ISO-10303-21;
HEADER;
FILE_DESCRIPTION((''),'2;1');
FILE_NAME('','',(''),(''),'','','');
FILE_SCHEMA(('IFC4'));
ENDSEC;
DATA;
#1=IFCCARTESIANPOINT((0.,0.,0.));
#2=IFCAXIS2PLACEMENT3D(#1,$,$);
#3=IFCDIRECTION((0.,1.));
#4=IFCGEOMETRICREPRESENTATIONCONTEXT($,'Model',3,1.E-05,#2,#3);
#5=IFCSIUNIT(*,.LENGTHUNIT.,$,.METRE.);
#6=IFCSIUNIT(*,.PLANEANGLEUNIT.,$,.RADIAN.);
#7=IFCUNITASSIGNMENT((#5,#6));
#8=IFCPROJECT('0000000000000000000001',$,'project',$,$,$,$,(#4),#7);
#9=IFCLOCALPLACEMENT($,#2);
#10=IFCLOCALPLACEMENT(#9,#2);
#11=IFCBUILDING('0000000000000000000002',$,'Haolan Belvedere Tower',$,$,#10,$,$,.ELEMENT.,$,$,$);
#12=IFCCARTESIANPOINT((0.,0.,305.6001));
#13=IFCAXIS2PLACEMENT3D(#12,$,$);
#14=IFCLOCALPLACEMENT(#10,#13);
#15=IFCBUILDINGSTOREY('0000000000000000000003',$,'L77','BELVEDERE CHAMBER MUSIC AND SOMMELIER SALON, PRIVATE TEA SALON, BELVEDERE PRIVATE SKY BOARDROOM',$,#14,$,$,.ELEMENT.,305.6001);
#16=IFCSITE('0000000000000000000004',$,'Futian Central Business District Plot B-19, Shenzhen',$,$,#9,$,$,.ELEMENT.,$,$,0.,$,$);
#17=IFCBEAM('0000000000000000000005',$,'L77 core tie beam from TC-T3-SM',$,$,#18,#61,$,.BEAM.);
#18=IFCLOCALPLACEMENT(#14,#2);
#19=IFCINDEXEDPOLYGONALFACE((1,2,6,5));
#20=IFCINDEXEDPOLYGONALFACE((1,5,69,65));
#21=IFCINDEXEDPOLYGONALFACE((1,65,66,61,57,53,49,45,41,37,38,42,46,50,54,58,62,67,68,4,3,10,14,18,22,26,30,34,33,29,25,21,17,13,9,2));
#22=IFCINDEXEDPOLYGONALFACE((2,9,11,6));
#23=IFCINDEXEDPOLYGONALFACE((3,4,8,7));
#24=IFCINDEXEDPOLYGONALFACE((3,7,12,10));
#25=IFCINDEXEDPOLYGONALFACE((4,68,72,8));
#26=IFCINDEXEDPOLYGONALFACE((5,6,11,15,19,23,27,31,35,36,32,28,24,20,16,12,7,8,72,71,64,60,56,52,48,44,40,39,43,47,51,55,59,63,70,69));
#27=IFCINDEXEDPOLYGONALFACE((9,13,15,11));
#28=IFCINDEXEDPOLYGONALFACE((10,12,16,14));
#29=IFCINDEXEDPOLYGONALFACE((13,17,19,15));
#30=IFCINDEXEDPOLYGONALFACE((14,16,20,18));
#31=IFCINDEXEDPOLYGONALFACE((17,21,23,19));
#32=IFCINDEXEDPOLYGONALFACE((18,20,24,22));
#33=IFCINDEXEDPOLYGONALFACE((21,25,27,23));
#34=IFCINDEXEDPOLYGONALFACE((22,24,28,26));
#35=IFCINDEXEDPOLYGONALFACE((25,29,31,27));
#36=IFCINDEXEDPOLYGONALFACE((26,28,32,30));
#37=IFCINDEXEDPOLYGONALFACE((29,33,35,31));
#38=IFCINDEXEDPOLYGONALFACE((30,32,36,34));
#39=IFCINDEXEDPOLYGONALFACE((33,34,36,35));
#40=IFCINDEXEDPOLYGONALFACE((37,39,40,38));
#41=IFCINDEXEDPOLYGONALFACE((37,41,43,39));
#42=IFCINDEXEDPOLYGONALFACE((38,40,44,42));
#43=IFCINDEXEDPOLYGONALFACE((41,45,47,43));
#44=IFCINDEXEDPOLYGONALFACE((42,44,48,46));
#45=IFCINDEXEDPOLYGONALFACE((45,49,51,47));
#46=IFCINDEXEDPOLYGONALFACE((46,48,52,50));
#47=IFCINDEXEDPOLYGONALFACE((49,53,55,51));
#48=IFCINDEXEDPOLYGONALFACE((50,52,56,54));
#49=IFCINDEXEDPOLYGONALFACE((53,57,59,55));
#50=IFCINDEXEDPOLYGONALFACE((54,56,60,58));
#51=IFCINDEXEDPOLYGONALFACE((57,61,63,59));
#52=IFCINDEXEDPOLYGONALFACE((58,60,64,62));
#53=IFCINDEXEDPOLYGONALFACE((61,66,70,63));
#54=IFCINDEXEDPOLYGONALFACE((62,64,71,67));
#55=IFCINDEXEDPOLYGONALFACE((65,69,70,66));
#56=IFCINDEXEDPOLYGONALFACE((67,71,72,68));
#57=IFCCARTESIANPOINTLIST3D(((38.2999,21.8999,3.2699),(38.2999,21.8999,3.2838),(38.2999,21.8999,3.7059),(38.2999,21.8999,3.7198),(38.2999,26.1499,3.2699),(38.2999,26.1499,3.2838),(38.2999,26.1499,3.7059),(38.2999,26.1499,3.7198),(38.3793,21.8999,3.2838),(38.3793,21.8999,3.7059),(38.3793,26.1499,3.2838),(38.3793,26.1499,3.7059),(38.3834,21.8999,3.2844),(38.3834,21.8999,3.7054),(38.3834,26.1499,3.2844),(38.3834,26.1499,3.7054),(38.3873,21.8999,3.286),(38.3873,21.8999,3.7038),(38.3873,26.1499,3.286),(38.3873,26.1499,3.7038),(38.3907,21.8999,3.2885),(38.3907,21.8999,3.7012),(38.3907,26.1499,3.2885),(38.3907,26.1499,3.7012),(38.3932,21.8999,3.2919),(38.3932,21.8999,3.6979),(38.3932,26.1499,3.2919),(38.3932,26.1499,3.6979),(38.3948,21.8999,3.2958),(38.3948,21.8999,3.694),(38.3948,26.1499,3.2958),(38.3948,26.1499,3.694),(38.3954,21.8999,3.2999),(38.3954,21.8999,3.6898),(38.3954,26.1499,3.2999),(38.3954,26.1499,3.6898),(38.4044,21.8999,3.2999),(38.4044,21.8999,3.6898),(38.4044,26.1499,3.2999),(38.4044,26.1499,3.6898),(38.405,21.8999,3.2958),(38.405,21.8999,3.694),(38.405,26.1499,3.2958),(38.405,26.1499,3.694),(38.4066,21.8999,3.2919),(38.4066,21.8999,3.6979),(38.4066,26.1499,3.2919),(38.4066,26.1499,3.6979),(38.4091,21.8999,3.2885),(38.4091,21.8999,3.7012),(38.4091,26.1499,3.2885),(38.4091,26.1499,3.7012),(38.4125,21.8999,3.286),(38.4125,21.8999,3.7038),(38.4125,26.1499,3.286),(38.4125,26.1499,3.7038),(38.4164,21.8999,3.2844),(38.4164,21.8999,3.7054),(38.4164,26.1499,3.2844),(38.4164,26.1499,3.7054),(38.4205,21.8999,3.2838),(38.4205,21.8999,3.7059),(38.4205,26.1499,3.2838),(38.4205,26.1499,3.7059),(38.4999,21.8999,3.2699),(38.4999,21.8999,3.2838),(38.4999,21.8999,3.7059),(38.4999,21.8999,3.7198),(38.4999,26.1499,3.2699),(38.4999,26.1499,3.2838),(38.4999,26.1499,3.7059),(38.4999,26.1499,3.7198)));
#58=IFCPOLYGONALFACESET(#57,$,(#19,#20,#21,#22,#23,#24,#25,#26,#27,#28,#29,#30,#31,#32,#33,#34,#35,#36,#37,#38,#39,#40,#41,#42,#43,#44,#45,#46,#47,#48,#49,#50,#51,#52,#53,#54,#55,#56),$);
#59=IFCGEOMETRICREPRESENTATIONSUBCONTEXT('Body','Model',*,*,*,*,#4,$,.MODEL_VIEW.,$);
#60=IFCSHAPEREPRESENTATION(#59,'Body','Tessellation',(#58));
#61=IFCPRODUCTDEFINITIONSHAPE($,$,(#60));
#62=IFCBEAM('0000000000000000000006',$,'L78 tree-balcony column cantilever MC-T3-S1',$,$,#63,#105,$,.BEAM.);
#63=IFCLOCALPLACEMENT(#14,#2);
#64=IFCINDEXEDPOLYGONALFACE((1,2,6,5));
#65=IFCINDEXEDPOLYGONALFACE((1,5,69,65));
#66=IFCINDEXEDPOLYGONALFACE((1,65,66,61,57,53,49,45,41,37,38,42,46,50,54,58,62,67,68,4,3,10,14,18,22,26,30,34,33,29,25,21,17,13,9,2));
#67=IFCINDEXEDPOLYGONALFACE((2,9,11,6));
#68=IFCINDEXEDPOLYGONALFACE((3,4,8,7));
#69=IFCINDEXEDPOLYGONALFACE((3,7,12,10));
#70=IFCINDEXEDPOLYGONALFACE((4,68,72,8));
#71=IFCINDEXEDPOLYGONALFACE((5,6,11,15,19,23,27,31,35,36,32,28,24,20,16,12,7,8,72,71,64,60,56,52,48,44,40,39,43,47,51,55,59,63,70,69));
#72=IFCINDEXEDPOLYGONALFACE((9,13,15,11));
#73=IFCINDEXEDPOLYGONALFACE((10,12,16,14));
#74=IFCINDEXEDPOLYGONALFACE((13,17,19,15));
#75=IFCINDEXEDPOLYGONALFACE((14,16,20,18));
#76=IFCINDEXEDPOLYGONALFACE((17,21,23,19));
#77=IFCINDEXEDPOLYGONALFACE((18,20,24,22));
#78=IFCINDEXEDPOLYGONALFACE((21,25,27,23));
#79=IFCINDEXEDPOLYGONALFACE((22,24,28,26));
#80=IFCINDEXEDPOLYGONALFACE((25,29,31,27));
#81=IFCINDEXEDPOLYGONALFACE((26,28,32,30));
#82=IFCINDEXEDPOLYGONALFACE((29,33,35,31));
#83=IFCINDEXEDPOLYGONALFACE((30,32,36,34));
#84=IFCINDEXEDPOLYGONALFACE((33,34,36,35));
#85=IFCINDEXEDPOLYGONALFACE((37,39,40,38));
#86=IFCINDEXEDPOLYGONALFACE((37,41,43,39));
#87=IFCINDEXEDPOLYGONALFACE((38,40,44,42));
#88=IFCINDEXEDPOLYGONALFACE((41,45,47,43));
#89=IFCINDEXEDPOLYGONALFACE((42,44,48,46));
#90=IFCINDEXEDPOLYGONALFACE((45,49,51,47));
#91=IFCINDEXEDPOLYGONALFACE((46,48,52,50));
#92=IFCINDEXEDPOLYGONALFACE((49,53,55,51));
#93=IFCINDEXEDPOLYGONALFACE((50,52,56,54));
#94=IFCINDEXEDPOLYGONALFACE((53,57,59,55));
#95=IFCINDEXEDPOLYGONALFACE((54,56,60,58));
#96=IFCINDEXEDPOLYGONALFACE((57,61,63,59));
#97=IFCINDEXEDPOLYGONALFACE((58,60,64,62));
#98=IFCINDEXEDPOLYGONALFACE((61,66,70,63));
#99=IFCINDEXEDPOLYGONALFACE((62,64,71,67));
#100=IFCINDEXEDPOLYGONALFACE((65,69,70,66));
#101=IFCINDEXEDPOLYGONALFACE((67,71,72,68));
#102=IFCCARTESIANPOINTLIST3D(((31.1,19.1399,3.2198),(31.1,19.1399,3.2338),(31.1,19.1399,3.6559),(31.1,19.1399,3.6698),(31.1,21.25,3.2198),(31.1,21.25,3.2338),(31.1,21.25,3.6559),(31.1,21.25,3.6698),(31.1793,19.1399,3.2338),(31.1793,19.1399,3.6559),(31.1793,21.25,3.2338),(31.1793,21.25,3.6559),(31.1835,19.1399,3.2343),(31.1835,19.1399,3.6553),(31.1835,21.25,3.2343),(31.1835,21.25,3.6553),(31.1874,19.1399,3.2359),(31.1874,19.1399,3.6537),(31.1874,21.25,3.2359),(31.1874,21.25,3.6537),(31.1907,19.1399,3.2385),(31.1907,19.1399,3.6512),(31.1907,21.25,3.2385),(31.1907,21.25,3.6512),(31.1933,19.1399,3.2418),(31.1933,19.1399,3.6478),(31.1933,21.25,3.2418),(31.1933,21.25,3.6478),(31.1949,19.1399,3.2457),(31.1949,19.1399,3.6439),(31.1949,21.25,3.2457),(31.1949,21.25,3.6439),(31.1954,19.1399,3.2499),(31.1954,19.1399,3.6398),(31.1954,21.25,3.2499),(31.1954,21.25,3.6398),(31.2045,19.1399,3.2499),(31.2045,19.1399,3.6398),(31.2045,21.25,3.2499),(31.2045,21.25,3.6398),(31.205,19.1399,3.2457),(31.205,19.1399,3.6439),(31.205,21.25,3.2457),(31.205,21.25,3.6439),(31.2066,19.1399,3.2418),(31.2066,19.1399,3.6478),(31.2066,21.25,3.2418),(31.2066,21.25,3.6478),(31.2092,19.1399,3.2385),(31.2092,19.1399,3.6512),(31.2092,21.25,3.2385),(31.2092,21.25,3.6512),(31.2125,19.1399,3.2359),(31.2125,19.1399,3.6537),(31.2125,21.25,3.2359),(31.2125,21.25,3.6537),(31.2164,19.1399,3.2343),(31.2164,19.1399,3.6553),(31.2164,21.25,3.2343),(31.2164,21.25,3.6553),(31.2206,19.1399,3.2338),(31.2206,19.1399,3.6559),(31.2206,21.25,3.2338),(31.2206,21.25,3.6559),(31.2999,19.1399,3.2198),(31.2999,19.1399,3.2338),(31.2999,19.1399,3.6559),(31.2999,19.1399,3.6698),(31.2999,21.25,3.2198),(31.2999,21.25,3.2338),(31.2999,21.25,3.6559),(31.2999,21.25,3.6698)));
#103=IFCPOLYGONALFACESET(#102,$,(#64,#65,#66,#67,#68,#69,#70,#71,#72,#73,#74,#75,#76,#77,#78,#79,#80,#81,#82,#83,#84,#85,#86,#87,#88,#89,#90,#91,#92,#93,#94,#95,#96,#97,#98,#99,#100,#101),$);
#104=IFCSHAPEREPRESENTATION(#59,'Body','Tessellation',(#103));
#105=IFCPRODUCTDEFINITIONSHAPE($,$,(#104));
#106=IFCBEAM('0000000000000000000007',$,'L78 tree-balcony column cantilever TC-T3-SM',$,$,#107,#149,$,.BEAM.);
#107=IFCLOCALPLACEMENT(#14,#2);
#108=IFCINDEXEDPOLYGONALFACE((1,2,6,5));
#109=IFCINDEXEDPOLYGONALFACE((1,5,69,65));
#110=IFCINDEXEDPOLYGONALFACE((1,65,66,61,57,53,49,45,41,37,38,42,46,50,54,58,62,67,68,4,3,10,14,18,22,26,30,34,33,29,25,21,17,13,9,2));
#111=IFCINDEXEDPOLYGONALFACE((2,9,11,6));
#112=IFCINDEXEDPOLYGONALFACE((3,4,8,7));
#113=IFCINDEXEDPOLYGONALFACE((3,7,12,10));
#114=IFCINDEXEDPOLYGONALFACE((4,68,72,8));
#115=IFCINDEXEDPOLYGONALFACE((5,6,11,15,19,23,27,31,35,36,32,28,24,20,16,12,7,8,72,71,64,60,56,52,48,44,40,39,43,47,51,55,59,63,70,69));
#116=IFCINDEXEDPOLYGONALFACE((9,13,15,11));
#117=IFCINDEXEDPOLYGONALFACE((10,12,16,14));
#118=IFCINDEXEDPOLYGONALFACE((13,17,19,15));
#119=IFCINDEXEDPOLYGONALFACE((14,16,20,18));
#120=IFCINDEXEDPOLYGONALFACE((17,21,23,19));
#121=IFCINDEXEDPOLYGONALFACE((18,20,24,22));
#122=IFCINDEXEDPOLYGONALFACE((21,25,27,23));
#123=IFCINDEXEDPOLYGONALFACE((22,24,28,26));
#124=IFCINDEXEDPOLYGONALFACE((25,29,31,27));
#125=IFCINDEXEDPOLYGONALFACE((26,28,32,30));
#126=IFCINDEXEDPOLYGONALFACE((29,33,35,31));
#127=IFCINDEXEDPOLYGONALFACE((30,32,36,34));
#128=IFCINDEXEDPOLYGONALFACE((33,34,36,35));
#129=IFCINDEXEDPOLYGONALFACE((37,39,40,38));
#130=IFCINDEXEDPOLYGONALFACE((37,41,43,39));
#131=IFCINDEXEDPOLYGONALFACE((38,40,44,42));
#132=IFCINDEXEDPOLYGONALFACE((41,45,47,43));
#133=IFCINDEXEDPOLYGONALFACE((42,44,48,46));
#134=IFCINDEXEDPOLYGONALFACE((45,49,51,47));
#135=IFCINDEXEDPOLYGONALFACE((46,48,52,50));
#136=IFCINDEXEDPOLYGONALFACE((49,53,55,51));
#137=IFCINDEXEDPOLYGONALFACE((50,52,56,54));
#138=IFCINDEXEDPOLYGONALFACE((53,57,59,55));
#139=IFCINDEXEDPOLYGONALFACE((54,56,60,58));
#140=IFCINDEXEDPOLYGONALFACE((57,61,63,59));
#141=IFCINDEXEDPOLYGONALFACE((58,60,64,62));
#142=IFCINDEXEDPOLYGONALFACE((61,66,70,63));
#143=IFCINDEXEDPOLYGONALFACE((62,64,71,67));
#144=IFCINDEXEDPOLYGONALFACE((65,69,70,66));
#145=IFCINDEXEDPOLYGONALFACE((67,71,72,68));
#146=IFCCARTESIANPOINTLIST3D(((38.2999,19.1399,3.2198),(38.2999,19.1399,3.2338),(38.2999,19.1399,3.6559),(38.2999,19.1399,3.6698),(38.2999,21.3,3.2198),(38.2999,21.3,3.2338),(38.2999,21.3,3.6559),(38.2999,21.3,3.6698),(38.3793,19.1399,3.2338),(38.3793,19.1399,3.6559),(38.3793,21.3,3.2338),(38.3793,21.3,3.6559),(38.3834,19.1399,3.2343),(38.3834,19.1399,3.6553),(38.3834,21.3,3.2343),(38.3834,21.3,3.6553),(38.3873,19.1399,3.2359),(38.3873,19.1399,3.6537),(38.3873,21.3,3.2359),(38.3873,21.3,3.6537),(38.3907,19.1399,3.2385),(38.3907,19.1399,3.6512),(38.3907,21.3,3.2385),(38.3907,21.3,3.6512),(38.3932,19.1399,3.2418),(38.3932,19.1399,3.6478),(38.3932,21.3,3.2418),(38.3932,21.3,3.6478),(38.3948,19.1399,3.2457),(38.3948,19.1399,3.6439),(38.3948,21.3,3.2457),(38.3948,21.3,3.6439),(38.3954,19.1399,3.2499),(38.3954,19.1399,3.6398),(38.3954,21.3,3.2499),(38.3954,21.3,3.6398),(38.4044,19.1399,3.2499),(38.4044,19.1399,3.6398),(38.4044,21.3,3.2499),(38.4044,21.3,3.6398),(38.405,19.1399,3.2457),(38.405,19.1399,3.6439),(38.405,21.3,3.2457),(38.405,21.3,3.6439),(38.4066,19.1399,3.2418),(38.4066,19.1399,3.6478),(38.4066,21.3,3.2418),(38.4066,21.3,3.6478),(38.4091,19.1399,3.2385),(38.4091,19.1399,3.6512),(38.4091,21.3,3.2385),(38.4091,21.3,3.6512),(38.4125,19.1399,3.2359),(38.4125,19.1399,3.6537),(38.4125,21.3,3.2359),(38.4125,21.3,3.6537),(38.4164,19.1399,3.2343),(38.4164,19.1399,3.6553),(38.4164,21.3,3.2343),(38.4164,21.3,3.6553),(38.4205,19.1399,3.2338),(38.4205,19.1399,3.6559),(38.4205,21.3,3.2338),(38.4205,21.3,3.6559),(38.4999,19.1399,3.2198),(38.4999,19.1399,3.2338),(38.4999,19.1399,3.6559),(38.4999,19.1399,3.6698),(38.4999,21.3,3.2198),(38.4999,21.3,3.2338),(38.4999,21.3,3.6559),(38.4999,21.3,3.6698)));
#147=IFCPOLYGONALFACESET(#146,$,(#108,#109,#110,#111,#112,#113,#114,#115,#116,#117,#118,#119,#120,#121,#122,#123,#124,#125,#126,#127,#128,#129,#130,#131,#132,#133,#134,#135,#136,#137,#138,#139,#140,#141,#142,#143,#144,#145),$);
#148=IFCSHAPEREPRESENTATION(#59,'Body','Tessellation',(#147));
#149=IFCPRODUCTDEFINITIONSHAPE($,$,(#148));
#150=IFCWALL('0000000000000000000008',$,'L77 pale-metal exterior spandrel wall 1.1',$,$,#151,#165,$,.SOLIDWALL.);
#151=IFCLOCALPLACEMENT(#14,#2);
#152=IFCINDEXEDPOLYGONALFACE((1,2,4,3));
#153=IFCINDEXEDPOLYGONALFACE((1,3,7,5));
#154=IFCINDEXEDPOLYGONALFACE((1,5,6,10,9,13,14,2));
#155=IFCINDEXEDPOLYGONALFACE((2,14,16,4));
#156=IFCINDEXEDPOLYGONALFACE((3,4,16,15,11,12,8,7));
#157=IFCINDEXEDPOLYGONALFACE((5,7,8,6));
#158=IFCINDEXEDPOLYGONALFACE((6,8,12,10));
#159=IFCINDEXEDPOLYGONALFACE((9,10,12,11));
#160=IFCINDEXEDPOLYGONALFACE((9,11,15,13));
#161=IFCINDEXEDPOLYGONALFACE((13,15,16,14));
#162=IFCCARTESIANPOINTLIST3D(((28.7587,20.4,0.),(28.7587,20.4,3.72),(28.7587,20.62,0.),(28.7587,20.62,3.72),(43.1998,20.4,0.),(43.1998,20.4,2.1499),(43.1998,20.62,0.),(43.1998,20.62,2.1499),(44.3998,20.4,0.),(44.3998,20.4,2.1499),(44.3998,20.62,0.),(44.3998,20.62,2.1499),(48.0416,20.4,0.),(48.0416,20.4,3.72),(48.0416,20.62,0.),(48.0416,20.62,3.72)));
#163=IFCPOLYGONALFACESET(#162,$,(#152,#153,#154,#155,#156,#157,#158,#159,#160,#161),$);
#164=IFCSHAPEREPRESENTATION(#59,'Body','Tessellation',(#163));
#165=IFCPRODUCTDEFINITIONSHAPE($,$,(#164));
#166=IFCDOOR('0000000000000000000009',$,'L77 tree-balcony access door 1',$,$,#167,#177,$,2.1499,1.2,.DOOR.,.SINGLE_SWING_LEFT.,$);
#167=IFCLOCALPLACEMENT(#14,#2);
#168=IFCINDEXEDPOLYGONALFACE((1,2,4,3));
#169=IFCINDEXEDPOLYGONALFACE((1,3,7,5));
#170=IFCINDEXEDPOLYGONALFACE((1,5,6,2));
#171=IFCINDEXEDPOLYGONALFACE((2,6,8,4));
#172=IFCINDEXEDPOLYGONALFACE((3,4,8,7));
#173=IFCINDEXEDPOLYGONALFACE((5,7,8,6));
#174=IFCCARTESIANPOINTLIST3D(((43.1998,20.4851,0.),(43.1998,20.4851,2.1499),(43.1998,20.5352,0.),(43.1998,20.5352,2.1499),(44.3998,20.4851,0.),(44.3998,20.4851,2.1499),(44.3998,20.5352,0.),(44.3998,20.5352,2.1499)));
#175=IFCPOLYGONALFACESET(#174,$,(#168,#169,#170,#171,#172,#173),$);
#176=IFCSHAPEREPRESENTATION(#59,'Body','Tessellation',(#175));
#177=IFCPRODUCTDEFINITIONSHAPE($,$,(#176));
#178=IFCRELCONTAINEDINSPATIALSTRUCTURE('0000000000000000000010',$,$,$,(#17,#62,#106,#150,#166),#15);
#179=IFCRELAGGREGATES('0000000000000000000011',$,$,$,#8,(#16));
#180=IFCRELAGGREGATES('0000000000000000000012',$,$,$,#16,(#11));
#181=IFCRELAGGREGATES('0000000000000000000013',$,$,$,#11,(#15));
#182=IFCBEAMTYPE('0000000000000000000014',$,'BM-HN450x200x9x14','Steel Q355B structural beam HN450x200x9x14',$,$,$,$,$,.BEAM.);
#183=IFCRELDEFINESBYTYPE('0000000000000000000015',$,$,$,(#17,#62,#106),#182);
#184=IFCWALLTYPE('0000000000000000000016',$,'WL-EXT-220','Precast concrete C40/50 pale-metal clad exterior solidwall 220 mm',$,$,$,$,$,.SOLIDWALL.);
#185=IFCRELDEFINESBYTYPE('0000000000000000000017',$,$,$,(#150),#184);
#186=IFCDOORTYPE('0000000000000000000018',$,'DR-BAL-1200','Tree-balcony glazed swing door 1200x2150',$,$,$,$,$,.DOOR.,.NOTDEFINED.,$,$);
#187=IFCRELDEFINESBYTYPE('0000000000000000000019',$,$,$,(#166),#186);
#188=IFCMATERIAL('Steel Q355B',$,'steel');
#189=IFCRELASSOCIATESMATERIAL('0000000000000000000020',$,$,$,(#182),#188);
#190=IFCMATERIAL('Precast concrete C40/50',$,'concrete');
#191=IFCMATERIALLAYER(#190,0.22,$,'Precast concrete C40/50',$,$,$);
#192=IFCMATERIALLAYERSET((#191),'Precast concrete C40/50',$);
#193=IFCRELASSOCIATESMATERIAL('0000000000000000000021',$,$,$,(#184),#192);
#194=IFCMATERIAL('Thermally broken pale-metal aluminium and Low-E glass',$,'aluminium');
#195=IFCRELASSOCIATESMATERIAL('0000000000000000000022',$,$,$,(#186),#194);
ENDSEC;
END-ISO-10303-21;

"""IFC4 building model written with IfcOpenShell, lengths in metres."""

from ifc_helpers import new_model, si_unit, direction, frame, frame_2d, origin, origin_2d, place, context, subcontext, project, spatial, rectangle, i_section, extrude, material, layer, layer_set, material_profile, profile_set, type_object, element, fill, save


model = new_model("IFC4")

# Units and contexts
model_context = context("Model", 3, precision=1e-05, world=origin(), true_north=direction((0.0, 1.0)))
body_context = subcontext(model_context, "Body", "Model", "MODEL_VIEW")
ifc_project = project(units=[si_unit("LENGTHUNIT", "METRE"), si_unit("PLANEANGLEUNIT", "RADIAN")], contexts=[model_context])

# Site, building, storey
site_placement = place(None, origin())
site = spatial("IfcSite", under=ifc_project, at=site_placement, Name="Futian Central Business District Plot B-19, Shenzhen", CompositionType="ELEMENT", RefElevation=0.0)
building_placement = place(site_placement, origin())
building = spatial("IfcBuilding", under=site, at=building_placement, Name="Haolan Belvedere Tower", CompositionType="ELEMENT")
storey_placement = place(building_placement, frame((0.0, 0.0, 305.6001)))
storey = spatial("IfcBuildingStorey", under=building, at=storey_placement, Name="L77", Description="BELVEDERE CHAMBER MUSIC AND SOMMELIER SALON, PRIVATE TEA SALON, BELVEDERE PRIVATE SKY BOARDROOM", CompositionType="ELEMENT", Elevation=305.6001)

# Beams
ifc_material_1 = material(Name="Steel Q355B", Category="steel")
ifc_material_profile_1 = material_profile(ifc_material_1, i_section(OverallWidth=0.2, OverallDepth=0.45, WebThickness=0.009, FlangeThickness=0.0139, FilletRadius=0.0161, at=origin_2d()), Name="Steel Q355B")
ifc_profile_set_1 = profile_set([ifc_material_profile_1], Name="Steel Q355B")
beam_type_1 = type_object("IfcBeamType", Name="BM-HN450x200x9x14", Description="Steel Q355B structural beam HN450x200x9x14", PredefinedType="BEAM", material=ifc_profile_set_1)
beam_1_placement = place(storey_placement, frame((38.3999, 21.8999, 3.4949), z_axis=(0.0, 1.0, 0.0), x_axis=(-1.0, 0.0, 0.0)))
element("IfcBeam", 1, at=beam_1_placement, inside=storey, type_object=beam_type_1, Name="L77 core tie beam from TC-T3-SM", PredefinedType="BEAM", context=body_context, shape_type="SweptSolid", body=[
    extrude(i_section(OverallWidth=0.2, OverallDepth=0.45, WebThickness=0.009, FlangeThickness=0.0139, FilletRadius=0.0161, at=origin_2d()), origin(), (0.0, 0.0, 1.0), 4.25),
])
beam_2_placement = place(storey_placement, frame((31.2, 21.25, 3.4448), z_axis=(0.0, -1.0, 0.0), x_axis=(1.0, 0.0, 0.0)))
element("IfcBeam", 2, at=beam_2_placement, inside=storey, type_object=beam_type_1, Name="L78 tree-balcony column cantilever MC-T3-S1", PredefinedType="BEAM", context=body_context, shape_type="SweptSolid", body=[
    extrude(i_section(OverallWidth=0.2, OverallDepth=0.45, WebThickness=0.009, FlangeThickness=0.0139, FilletRadius=0.0161, at=origin_2d()), origin(), (0.0, 0.0, 1.0), 2.1101),
])
beam_3_placement = place(storey_placement, frame((38.3999, 21.3, 3.4448), z_axis=(0.0, -1.0, 0.0), x_axis=(1.0, 0.0, 0.0)))
element("IfcBeam", 3, at=beam_3_placement, inside=storey, type_object=beam_type_1, Name="L78 tree-balcony column cantilever TC-T3-SM", PredefinedType="BEAM", context=body_context, shape_type="SweptSolid", body=[
    extrude(i_section(OverallWidth=0.2, OverallDepth=0.45, WebThickness=0.009, FlangeThickness=0.0139, FilletRadius=0.0161, at=origin_2d()), origin(), (0.0, 0.0, 1.0), 2.1602),
])

# Wall, opening, door
ifc_material_2 = material(Name="Precast concrete C40/50", Category="concrete")
ifc_layer_1 = layer(ifc_material_2, 0.22, Name="Precast concrete C40/50")
ifc_layer_set_1 = layer_set([ifc_layer_1], Name="Precast concrete C40/50")
wall_type_1 = type_object("IfcWallType", Name="WL-EXT-220", Description="Precast concrete C40/50 pale-metal clad exterior solidwall 220 mm", PredefinedType="SOLIDWALL", material=ifc_layer_set_1)
wall_1_placement = place(storey_placement, frame((28.7585, 20.51, 0.0), z_axis=(0.0, 0.0, 1.0), x_axis=(1.0, 0.0, 0.0)))
wall_1 = element("IfcWall", 4, at=wall_1_placement, inside=storey, type_object=wall_type_1, Name="L77 pale-metal exterior spandrel wall 1.1", PredefinedType="SOLIDWALL", context=body_context, shape_type="SweptSolid", body=[
    extrude(rectangle(XDim=19.283, YDim=0.22, at=frame_2d((9.6416, 0.0))), origin(), (0.0, 0.0, 1.0), 3.72),
])
opening_1_placement = place(wall_1_placement, frame((15.6414, 0.0, 0.0), z_axis=(0.0, 0.0, 1.0), x_axis=(-1.0, 0.0, 0.0)))
opening_1 = element("IfcOpeningElement", 5, at=opening_1_placement, cuts=wall_1, PredefinedType="OPENING", context=body_context, shape_type="SweptSolid", body=[
    extrude(rectangle(XDim=1.2, YDim=2.1499, at=frame_2d((0.6001, 1.075))), frame((0.0, 0.1199, 0.0), z_axis=(0.0, -1.0, 0.0), x_axis=(1.0, 0.0, 0.0)), (0.0, 0.0, 1.0), 0.24),
])
ifc_material_3 = material(Name="Thermally broken pale-metal aluminium and Low-E glass", Category="aluminium")
door_type_1 = type_object("IfcDoorType", Name="DR-BAL-1200", Description="Tree-balcony glazed swing door 1200x2150", OperationType="NOTDEFINED", PredefinedType="DOOR", material=ifc_material_3)
door_1_placement = place(opening_1_placement, origin())
door_1 = element("IfcDoor", 6, at=door_1_placement, inside=storey, type_object=door_type_1, Name="L77 tree-balcony access door 1", OperationType="SINGLE_SWING_LEFT", OverallHeight=2.1499, OverallWidth=1.2, PredefinedType="DOOR", context=body_context, shape_type="SweptSolid", body=[
    extrude(rectangle(XDim=1.2, YDim=2.1499, at=frame_2d((0.6001, 1.075))), frame((0.0, 0.0249, 0.0), z_axis=(0.0, -1.0, 0.0), x_axis=(1.0, 0.0, 0.0)), (0.0, 0.0, 1.0), 0.05),
])
fill(opening_1, door_1)

save(model, "model.ifc")
